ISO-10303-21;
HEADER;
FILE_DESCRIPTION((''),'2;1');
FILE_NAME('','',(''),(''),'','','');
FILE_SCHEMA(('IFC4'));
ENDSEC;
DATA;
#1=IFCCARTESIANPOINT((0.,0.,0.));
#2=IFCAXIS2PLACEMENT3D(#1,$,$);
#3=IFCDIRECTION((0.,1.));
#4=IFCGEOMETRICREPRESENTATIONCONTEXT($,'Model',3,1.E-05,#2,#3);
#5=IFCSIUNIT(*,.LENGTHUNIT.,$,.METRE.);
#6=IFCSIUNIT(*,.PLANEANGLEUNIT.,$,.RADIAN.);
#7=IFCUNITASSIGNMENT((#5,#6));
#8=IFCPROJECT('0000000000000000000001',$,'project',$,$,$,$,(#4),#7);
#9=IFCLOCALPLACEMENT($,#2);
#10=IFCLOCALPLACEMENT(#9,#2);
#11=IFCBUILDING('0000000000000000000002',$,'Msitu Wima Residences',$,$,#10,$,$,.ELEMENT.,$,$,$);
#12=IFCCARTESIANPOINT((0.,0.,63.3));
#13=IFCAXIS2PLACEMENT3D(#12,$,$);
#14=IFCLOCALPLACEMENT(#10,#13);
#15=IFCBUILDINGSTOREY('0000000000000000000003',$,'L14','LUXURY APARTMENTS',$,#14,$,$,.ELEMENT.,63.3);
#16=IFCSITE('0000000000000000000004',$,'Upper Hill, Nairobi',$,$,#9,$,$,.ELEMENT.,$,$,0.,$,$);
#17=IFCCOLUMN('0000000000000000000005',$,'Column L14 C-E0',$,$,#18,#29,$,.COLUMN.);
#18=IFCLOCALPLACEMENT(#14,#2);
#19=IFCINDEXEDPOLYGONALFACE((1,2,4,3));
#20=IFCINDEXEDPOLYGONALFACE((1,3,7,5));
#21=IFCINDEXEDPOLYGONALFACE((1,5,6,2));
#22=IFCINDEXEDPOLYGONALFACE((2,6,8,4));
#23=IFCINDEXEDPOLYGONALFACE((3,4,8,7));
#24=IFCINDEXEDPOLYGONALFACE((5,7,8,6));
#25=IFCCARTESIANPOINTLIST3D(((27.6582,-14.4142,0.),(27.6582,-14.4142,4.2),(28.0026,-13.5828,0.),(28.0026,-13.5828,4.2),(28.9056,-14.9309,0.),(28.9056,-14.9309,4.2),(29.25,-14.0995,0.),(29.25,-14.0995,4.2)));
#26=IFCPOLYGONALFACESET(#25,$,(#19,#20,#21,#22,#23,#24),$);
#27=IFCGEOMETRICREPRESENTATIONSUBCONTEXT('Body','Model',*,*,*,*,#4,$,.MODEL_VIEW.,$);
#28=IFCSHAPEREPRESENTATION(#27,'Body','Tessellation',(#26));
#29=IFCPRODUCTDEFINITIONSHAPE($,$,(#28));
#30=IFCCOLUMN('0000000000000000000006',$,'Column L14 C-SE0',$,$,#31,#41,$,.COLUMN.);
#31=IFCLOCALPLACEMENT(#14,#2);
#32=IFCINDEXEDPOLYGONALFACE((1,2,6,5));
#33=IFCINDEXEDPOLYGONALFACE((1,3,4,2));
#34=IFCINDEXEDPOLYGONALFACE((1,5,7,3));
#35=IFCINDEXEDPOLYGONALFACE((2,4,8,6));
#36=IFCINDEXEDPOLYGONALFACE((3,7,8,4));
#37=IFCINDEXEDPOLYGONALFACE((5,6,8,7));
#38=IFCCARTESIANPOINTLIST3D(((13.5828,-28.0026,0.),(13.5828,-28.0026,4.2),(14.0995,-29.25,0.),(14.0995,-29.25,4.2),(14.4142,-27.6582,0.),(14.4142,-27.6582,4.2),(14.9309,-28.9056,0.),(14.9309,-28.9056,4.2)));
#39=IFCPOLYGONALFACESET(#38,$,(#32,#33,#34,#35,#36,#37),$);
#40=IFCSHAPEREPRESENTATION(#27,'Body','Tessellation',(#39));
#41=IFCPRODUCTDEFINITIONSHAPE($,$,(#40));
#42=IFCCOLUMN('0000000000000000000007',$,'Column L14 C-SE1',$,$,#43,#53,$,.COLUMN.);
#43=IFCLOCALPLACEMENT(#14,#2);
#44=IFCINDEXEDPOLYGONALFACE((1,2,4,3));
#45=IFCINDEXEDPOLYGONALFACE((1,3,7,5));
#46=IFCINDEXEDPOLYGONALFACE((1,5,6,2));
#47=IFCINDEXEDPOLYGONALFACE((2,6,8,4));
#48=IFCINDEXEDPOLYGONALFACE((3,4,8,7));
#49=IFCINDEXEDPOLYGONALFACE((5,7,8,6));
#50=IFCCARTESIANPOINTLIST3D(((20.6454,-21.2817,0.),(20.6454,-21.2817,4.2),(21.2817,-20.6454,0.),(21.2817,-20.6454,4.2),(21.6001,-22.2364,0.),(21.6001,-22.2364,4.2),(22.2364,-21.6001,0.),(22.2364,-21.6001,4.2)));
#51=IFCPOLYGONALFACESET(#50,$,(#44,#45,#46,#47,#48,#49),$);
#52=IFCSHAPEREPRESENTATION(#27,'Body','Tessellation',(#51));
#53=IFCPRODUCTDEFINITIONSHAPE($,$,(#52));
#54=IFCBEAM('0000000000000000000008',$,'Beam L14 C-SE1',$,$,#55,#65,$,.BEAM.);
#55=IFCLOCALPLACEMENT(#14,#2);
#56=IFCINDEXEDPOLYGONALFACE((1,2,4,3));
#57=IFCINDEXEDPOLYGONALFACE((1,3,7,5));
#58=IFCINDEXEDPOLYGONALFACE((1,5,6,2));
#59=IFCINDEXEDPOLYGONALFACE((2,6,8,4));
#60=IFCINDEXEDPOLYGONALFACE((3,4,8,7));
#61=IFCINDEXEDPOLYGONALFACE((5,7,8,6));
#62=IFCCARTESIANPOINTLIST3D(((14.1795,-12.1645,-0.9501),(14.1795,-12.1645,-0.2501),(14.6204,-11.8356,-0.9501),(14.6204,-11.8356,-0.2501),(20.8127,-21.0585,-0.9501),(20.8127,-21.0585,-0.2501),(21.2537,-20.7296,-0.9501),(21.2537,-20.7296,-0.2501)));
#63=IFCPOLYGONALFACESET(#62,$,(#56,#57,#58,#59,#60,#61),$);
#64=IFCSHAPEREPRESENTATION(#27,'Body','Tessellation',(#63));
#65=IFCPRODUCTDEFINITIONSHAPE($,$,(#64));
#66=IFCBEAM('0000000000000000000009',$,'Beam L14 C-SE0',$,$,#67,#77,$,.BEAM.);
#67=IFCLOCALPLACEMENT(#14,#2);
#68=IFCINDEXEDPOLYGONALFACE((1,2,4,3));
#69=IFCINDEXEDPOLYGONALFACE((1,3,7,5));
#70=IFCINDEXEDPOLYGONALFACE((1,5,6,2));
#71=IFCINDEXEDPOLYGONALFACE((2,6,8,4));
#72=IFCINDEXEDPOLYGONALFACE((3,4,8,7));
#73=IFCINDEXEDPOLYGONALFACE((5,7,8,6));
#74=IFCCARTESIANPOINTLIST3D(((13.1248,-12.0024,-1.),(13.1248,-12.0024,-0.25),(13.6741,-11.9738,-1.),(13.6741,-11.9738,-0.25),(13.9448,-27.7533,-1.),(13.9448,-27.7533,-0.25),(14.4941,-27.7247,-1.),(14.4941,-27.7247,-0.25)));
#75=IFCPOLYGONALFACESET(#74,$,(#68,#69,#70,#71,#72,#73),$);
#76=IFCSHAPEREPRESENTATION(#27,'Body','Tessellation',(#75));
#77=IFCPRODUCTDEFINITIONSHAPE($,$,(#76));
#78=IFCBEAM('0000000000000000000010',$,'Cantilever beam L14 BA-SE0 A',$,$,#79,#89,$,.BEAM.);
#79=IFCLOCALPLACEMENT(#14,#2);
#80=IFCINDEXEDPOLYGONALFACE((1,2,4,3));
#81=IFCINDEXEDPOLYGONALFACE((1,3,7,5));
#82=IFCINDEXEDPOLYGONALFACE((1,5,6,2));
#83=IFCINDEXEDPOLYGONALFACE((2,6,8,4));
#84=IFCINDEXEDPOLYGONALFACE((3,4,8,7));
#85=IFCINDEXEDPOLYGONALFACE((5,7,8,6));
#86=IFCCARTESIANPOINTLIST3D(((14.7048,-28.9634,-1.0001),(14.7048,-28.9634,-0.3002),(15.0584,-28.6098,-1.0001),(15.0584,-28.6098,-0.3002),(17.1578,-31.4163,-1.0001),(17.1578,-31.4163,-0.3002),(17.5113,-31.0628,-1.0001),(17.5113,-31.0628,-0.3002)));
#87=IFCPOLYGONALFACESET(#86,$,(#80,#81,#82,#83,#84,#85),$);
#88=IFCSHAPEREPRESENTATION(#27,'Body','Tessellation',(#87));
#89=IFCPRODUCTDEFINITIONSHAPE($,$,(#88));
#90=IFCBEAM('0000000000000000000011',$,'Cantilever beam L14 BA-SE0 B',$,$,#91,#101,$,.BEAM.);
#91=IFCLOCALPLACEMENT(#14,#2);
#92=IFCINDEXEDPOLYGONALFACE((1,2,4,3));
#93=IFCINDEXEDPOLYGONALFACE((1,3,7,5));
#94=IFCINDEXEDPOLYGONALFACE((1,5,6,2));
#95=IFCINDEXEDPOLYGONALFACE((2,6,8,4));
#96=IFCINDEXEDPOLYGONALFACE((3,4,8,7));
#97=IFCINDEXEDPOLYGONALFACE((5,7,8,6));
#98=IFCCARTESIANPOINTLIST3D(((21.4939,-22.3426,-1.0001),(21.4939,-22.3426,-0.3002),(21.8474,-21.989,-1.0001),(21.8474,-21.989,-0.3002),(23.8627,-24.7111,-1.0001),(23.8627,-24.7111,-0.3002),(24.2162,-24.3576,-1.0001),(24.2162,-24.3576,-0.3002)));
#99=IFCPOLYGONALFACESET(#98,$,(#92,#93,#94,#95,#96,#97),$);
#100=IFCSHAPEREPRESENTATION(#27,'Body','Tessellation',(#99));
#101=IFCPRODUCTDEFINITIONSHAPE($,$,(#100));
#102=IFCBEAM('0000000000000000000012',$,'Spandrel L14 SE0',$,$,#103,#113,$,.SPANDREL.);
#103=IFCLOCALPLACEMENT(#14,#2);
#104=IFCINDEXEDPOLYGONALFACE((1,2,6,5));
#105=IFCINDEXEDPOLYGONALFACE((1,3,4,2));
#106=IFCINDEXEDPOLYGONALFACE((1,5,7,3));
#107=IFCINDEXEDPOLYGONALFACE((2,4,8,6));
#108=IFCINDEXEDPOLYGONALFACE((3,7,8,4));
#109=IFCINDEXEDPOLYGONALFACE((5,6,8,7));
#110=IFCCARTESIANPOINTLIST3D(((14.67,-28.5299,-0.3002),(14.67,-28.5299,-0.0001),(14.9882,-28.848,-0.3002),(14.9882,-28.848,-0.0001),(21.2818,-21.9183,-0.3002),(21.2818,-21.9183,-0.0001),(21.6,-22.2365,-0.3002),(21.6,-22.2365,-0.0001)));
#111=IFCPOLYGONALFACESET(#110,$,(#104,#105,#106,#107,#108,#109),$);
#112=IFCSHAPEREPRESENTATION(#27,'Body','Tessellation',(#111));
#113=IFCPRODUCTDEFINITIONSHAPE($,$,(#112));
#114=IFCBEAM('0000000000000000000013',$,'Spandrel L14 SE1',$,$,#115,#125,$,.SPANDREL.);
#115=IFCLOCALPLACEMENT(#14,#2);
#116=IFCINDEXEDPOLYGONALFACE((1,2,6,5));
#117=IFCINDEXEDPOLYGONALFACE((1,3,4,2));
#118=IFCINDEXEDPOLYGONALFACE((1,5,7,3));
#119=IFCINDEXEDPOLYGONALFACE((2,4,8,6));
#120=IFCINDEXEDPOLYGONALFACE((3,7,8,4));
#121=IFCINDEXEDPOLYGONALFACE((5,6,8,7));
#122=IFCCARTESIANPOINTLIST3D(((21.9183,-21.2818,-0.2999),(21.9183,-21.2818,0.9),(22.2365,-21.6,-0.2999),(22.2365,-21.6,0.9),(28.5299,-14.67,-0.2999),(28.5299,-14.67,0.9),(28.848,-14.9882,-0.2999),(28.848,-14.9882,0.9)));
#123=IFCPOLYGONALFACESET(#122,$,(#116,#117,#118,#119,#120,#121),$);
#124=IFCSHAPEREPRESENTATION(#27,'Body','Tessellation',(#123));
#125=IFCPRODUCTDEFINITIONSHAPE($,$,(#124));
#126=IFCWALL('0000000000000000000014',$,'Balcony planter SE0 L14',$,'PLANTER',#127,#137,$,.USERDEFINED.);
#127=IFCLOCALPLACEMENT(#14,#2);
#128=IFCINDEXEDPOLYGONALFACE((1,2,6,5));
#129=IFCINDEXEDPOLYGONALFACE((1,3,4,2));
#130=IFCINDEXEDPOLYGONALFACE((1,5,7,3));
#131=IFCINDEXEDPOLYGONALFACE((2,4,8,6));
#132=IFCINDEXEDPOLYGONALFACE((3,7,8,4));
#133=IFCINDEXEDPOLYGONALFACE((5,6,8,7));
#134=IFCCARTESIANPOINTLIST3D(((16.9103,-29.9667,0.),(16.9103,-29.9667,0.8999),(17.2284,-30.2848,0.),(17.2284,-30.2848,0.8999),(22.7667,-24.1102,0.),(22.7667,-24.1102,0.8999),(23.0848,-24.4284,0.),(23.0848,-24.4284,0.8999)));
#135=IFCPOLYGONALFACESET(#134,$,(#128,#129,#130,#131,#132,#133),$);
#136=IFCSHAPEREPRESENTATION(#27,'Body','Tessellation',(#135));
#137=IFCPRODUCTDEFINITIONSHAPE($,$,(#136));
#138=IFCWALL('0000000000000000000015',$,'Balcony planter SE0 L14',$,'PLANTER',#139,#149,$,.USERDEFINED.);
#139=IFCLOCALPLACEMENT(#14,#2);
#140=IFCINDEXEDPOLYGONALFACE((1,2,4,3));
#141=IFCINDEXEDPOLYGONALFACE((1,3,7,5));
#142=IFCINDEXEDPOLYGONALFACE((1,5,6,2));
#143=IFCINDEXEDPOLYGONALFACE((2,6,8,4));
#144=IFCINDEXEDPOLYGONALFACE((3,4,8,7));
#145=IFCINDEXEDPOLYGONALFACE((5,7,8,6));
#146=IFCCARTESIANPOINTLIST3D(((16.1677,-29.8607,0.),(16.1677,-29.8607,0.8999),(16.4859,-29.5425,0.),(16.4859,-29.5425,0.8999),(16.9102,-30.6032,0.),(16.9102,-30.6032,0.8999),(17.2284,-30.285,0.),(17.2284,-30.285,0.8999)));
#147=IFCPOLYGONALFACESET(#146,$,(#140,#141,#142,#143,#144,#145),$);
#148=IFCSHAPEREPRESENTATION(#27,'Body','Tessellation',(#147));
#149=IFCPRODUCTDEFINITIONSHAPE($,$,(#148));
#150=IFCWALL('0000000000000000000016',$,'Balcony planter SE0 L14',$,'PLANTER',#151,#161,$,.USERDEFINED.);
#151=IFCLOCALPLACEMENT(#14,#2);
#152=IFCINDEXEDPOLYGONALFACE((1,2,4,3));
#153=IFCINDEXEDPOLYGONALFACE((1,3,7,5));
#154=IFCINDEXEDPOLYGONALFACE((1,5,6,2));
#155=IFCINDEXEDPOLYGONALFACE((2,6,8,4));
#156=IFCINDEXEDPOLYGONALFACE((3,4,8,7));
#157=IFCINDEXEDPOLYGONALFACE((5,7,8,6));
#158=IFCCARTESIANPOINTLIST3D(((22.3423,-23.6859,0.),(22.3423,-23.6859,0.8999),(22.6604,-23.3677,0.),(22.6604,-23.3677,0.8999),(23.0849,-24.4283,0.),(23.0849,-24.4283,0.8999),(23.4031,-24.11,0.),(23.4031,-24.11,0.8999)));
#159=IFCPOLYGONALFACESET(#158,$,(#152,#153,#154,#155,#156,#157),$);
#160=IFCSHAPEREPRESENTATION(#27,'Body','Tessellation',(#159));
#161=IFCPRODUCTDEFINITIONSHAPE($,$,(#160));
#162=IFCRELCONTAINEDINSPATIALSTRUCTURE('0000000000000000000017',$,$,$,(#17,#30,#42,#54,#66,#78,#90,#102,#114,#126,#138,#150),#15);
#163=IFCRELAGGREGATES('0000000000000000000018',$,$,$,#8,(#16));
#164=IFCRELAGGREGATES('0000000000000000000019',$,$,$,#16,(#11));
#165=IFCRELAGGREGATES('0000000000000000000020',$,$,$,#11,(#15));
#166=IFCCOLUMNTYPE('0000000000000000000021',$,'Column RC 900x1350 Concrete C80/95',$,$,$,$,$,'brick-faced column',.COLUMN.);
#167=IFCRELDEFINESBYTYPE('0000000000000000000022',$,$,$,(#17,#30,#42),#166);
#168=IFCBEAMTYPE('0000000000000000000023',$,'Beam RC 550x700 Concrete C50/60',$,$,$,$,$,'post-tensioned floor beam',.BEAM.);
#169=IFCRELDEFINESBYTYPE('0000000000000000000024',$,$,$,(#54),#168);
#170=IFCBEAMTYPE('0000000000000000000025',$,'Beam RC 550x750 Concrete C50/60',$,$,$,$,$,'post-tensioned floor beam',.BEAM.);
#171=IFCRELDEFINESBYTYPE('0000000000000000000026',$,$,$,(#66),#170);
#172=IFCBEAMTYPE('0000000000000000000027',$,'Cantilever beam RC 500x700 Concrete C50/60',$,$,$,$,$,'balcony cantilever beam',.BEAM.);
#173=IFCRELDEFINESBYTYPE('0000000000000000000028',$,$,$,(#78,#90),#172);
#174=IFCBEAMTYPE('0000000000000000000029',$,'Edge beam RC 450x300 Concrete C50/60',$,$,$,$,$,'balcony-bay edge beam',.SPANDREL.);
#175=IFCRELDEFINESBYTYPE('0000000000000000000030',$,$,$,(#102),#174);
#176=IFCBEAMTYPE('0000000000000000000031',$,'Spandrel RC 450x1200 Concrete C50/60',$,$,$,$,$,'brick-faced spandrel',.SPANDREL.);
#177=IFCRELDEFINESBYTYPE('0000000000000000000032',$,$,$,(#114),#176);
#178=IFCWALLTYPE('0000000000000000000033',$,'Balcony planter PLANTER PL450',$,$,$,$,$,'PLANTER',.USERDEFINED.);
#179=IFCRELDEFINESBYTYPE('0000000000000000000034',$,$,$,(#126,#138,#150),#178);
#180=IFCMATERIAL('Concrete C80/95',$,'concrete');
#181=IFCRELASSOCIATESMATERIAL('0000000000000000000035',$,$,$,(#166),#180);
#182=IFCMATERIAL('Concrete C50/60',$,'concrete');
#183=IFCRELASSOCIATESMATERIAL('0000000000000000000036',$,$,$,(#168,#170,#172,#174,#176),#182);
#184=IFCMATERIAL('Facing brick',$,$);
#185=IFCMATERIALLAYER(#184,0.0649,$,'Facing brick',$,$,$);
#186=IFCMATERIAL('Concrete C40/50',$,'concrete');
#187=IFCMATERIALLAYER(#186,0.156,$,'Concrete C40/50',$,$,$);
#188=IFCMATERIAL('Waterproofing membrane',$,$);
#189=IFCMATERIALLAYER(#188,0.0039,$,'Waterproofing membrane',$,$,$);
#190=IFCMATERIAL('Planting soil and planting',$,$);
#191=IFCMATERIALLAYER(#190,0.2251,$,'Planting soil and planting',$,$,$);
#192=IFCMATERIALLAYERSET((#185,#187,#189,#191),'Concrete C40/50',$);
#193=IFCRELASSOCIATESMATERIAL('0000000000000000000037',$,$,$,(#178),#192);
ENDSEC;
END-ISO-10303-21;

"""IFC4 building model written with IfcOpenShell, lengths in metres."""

from ifc_helpers import new_model, si_unit, direction, frame, frame_2d, origin, origin_2d, place, context, subcontext, project, spatial, rectangle, extrude, material, layer, layer_set, material_profile, profile_set, type_object, element, save


model = new_model("IFC4")

# Units and contexts
model_context = context("Model", 3, precision=1e-05, world=origin(), true_north=direction((0.0, 1.0)))
body_context = subcontext(model_context, "Body", "Model", "MODEL_VIEW")
ifc_project = project(units=[si_unit("LENGTHUNIT", "METRE"), si_unit("PLANEANGLEUNIT", "RADIAN")], contexts=[model_context])

# Site, building, storey
site_placement = place(None, origin())
site = spatial("IfcSite", under=ifc_project, at=site_placement, Name="Upper Hill, Nairobi", CompositionType="ELEMENT", RefElevation=0.0)
building_placement = place(site_placement, origin())
building = spatial("IfcBuilding", under=site, at=building_placement, Name="Msitu Wima Residences", CompositionType="ELEMENT")
storey_placement = place(building_placement, frame((0.0, 0.0, 63.3)))
storey = spatial("IfcBuildingStorey", under=building, at=storey_placement, Name="L14", Description="LUXURY APARTMENTS", CompositionType="ELEMENT", Elevation=63.3)

# Columns
ifc_material_1 = material(Name="Concrete C80/95", Category="concrete")
ifc_material_profile_1 = material_profile(ifc_material_1, rectangle(XDim=0.8999, YDim=1.3501, at=origin_2d()), Name="RC 900x1350")
ifc_profile_set_1 = profile_set([ifc_material_profile_1], Name="Concrete C80/95")
column_type = type_object("IfcColumnType", Name="Column RC 900x1350 Concrete C80/95", ElementType="brick-faced column", PredefinedType="COLUMN", material=ifc_profile_set_1)
for number, where, z_axis, x_axis, name in (
    (1, (28.4541, -14.2568, 0.0), (0.0, 0.0, 1.0), (0.382683, 0.92388, 0.0), "Column L14 C-E0"),
    (2, (14.2568, -28.4541, 0.0), (0.0, 0.0, 1.0), (0.92388, 0.382683, 0.0), "Column L14 C-SE0"),
    (3, (21.4409, -21.4409, 0.0), (0.0, 0.0, 1.0), (0.707107, 0.707107, 0.0), "Column L14 C-SE1"),
):
    element("IfcColumn", number, at=place(storey_placement, frame(where, z_axis=z_axis, x_axis=x_axis)), inside=storey, type_object=column_type, Name=name, PredefinedType="COLUMN", context=body_context, shape_type="SweptSolid", body=[
        extrude(rectangle(XDim=0.8999, YDim=1.3501, at=origin_2d()), origin(), (0.0, 0.0, 1.0), 4.2),
    ])

# Beams
ifc_material_2 = material(Name="Concrete C50/60", Category="concrete")
ifc_material_profile_2 = material_profile(ifc_material_2, rectangle(XDim=0.55, YDim=0.7, at=origin_2d()), Name="RC 550x700")
ifc_profile_set_2 = profile_set([ifc_material_profile_2], Name="Concrete C50/60")
beam_type_1 = type_object("IfcBeamType", Name="Beam RC 550x700 Concrete C50/60", ElementType="post-tensioned floor beam", PredefinedType="BEAM", material=ifc_profile_set_2)
beam_1_placement = place(storey_placement, frame((21.0332, -20.894, -0.6001), z_axis=(-0.59785, 0.801608, 0.0), x_axis=(-0.801608, -0.59785, 0.0)))
element("IfcBeam", 4, at=beam_1_placement, inside=storey, type_object=beam_type_1, Name="Beam L14 C-SE1", PredefinedType="BEAM", context=body_context, shape_type="SweptSolid", body=[
    extrude(rectangle(XDim=0.55, YDim=0.7, at=origin_2d()), origin(), (0.0, 0.0, 1.0), 11.0952),
])
ifc_material_profile_3 = material_profile(ifc_material_2, rectangle(XDim=0.55, YDim=0.75, at=origin_2d()), Name="RC 550x750")
ifc_profile_set_3 = profile_set([ifc_material_profile_3], Name="Concrete C50/60")
beam_type_2 = type_object("IfcBeamType", Name="Beam RC 550x750 Concrete C50/60", ElementType="post-tensioned floor beam", PredefinedType="BEAM", material=ifc_profile_set_3)
beam_2_placement = place(storey_placement, frame((14.2195, -27.739, -0.625), z_axis=(-0.051994, 0.998647, 0.0), x_axis=(-0.998647, -0.051994, 0.0)))
element("IfcBeam", 5, at=beam_2_placement, inside=storey, type_object=beam_type_2, Name="Beam L14 C-SE0", PredefinedType="BEAM", context=body_context, shape_type="SweptSolid", body=[
    extrude(rectangle(XDim=0.55, YDim=0.75, at=origin_2d()), origin(), (0.0, 0.0, 1.0), 15.7722),
])
ifc_material_profile_4 = material_profile(ifc_material_2, rectangle(XDim=0.5, YDim=0.7, at=origin_2d()), Name="RC 500x700")
ifc_profile_set_4 = profile_set([ifc_material_profile_4], Name="Concrete C50/60")
beam_type_3 = type_object("IfcBeamType", Name="Cantilever beam RC 500x700 Concrete C50/60", ElementType="balcony cantilever beam", PredefinedType="BEAM", material=ifc_profile_set_4)
beam_3_placement = place(storey_placement, frame((14.8816, -28.7866, -0.6501), z_axis=(0.707107, -0.707107, 0.0), x_axis=(0.707107, 0.707107, 0.0)))
element("IfcBeam", 6, at=beam_3_placement, inside=storey, type_object=beam_type_3, Name="Cantilever beam L14 BA-SE0 A", PredefinedType="BEAM", context=body_context, shape_type="SweptSolid", body=[
    extrude(rectangle(XDim=0.5, YDim=0.7, at=origin_2d()), origin(), (0.0, 0.0, 1.0), 3.469),
])
beam_4_placement = place(storey_placement, frame((21.6707, -22.1658, -0.6501), z_axis=(0.707143, -0.70707, 0.0), x_axis=(0.70707, 0.707143, 0.0)))
element("IfcBeam", 7, at=beam_4_placement, inside=storey, type_object=beam_type_3, Name="Cantilever beam L14 BA-SE0 B", PredefinedType="BEAM", context=body_context, shape_type="SweptSolid", body=[
    extrude(rectangle(XDim=0.5, YDim=0.7, at=origin_2d()), origin(), (0.0, 0.0, 1.0), 3.3499),
])
ifc_material_profile_5 = material_profile(ifc_material_2, rectangle(XDim=0.45, YDim=0.3, at=origin_2d()), Name="RC 450x300")
ifc_profile_set_5 = profile_set([ifc_material_profile_5], Name="Concrete C50/60")
beam_type_4 = type_object("IfcBeamType", Name="Edge beam RC 450x300 Concrete C50/60", ElementType="balcony-bay edge beam", PredefinedType="SPANDREL", material=ifc_profile_set_5)
beam_5_placement = place(storey_placement, frame((14.8291, -28.689, -0.1501), z_axis=(0.70712, 0.707094, 0.0), x_axis=(-0.707094, 0.70712, 0.0)))
element("IfcBeam", 8, at=beam_5_placement, inside=storey, type_object=beam_type_4, Name="Spandrel L14 SE0", PredefinedType="SPANDREL", context=body_context, shape_type="SweptSolid", body=[
    extrude(rectangle(XDim=0.45, YDim=0.3, at=origin_2d()), origin(), (0.0, 0.0, 1.0), 9.3503),
])
ifc_material_profile_6 = material_profile(ifc_material_2, rectangle(XDim=0.45, YDim=1.2, at=origin_2d()), Name="RC 450x1200")
ifc_profile_set_6 = profile_set([ifc_material_profile_6], Name="Concrete C50/60")
beam_type_5 = type_object("IfcBeamType", Name="Spandrel RC 450x1200 Concrete C50/60", ElementType="brick-faced spandrel", PredefinedType="SPANDREL", material=ifc_profile_set_6)
beam_6_placement = place(storey_placement, frame((22.0774, -21.4409, 0.3), z_axis=(0.707094, 0.70712, 0.0), x_axis=(-0.70712, 0.707094, 0.0)))
element("IfcBeam", 9, at=beam_6_placement, inside=storey, type_object=beam_type_5, Name="Spandrel L14 SE1", PredefinedType="SPANDREL", context=body_context, shape_type="SweptSolid", body=[
    extrude(rectangle(XDim=0.45, YDim=1.2, at=origin_2d()), origin(), (0.0, 0.0, 1.0), 9.3503),
])

# Walls
ifc_material_3 = material(Name="Facing brick")
ifc_layer_1 = layer(ifc_material_3, 0.0649, Name="Facing brick")
ifc_material_4 = material(Name="Concrete C40/50", Category="concrete")
ifc_layer_2 = layer(ifc_material_4, 0.156, Name="Concrete C40/50")
ifc_material_5 = material(Name="Waterproofing membrane")
ifc_layer_3 = layer(ifc_material_5, 0.0039, Name="Waterproofing membrane")
ifc_material_6 = material(Name="Planting soil and planting")
ifc_layer_4 = layer(ifc_material_6, 0.2251, Name="Planting soil and planting")
ifc_layer_set_1 = layer_set([ifc_layer_1, ifc_layer_2, ifc_layer_3, ifc_layer_4], Name="Concrete C40/50")
wall_type_1 = type_object("IfcWallType", Name="Balcony planter PLANTER PL450", ElementType="PLANTER", PredefinedType="USERDEFINED", material=ifc_layer_set_1)
wall_1_placement = place(storey_placement, frame((17.0693, -30.1257, 0.0), z_axis=(0.0, 0.0, 1.0), x_axis=(0.707107, 0.707107, 0.0)))
element("IfcWall", 10, at=wall_1_placement, inside=storey, type_object=wall_type_1, Name="Balcony planter SE0 L14", ObjectType="PLANTER", PredefinedType="USERDEFINED", context=body_context, shape_type="SweptSolid", body=[
    extrude(rectangle(XDim=8.2822, YDim=0.45, at=frame_2d((4.1411, 0.0))), origin(), (0.0, 0.0, 1.0), 0.8999),
])
for number, where, z_axis, x_axis, name in (
    (11, (16.3269, -29.7017, 0.0), (0.0, 0.0, 1.0), (0.707107, -0.707107, 0.0), "Balcony planter SE0 L14"),
    (12, (22.5015, -23.5269, 0.0), (0.0, 0.0, 1.0), (0.707223, -0.706991, 0.0), "Balcony planter SE0 L14"),
):
    element("IfcWall", number, at=place(storey_placement, frame(where, z_axis=z_axis, x_axis=x_axis)), inside=storey, type_object=wall_type_1, Name=name, ObjectType="PLANTER", PredefinedType="USERDEFINED", context=body_context, shape_type="SweptSolid", body=[
        extrude(rectangle(XDim=1.05, YDim=0.45, at=frame_2d((0.5249, 0.0))), origin(), (0.0, 0.0, 1.0), 0.8999),
    ])

save(model, "model.ifc")
